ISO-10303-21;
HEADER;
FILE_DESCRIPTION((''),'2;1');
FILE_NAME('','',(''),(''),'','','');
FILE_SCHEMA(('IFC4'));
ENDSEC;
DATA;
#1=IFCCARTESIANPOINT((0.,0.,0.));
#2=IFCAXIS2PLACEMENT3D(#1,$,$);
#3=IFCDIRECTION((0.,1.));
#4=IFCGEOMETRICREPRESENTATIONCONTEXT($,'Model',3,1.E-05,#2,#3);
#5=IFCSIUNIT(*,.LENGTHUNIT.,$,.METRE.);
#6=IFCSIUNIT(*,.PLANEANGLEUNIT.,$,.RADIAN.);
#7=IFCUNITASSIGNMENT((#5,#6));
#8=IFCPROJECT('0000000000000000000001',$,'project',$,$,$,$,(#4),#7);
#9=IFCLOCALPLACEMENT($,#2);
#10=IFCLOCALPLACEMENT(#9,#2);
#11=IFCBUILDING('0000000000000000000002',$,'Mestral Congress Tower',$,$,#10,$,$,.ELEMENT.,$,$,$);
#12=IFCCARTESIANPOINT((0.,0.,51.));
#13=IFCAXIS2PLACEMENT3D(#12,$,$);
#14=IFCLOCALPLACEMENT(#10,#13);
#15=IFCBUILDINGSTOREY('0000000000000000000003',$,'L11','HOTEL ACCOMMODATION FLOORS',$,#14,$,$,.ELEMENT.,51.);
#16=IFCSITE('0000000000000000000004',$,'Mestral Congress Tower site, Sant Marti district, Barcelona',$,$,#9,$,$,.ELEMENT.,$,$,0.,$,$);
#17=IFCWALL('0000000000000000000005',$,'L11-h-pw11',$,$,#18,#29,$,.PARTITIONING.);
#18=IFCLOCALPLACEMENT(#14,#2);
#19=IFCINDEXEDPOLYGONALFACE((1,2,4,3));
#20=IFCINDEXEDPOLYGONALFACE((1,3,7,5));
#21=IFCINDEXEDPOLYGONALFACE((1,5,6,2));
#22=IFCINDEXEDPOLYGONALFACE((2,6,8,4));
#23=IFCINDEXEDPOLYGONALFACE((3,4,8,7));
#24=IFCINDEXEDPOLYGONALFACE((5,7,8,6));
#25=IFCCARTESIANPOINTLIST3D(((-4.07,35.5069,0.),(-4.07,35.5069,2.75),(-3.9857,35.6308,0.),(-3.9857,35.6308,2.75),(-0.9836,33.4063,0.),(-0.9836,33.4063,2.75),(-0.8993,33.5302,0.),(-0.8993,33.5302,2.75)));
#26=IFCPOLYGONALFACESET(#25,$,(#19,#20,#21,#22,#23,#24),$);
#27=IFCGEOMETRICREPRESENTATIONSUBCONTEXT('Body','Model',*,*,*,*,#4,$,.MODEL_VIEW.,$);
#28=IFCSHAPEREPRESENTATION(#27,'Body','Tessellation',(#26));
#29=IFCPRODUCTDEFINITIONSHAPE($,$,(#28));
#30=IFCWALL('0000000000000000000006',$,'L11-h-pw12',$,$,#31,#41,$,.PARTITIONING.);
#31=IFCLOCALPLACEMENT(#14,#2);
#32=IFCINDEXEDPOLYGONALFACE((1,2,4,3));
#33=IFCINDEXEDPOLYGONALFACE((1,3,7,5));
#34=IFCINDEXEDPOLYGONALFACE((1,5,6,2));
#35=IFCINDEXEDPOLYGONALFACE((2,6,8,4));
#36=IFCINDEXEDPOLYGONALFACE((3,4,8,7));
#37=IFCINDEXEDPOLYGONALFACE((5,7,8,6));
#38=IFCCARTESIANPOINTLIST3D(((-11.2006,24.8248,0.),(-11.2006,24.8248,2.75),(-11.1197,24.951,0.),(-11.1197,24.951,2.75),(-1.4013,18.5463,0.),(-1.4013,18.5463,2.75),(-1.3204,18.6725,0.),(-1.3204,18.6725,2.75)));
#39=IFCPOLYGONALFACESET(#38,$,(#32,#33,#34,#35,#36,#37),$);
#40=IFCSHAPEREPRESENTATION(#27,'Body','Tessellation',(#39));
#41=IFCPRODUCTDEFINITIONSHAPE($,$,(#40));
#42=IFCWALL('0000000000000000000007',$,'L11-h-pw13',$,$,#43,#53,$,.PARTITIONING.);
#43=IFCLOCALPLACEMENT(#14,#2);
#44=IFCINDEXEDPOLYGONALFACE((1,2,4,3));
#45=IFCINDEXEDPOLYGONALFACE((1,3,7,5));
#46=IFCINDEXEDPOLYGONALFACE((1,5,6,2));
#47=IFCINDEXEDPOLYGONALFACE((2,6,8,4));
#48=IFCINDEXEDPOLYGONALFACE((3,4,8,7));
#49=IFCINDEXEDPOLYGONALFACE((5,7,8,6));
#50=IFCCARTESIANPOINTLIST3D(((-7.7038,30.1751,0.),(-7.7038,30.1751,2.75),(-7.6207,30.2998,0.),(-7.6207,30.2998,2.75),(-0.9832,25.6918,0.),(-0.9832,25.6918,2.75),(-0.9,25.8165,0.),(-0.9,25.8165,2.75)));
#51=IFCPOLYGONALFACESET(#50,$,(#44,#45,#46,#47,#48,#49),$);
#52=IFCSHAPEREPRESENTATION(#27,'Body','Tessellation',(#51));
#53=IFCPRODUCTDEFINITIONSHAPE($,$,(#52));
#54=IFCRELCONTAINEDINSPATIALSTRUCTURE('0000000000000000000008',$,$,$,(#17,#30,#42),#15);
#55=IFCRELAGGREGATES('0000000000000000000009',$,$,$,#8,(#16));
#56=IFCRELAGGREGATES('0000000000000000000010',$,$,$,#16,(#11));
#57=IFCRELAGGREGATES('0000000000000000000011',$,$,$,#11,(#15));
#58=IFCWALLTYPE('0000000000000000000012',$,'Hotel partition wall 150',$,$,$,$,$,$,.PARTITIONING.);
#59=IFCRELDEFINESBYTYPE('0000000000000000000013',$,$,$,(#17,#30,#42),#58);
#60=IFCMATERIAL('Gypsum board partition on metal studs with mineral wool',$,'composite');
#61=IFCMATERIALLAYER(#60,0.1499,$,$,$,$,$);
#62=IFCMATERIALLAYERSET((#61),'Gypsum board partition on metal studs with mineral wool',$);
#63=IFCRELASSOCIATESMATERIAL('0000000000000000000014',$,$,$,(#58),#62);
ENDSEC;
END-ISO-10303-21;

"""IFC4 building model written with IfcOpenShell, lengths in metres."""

from ifc_helpers import new_model, si_unit, direction, frame, frame_2d, origin, place, context, subcontext, project, spatial, rectangle, extrude, material, layer, layer_set, type_object, element, save


model = new_model("IFC4")

# Units and contexts
model_context = context("Model", 3, precision=1e-05, world=origin(), true_north=direction((0.0, 1.0)))
body_context = subcontext(model_context, "Body", "Model", "MODEL_VIEW")
ifc_project = project(units=[si_unit("LENGTHUNIT", "METRE"), si_unit("PLANEANGLEUNIT", "RADIAN")], contexts=[model_context])

# Site, building, storey
site_placement = place(None, origin())
site = spatial("IfcSite", under=ifc_project, at=site_placement, Name="Mestral Congress Tower site, Sant Marti district, Barcelona", CompositionType="ELEMENT", RefElevation=0.0)
building_placement = place(site_placement, origin())
building = spatial("IfcBuilding", under=site, at=building_placement, Name="Mestral Congress Tower", CompositionType="ELEMENT")
storey_placement = place(building_placement, frame((0.0, 0.0, 51.0)))
storey = spatial("IfcBuildingStorey", under=building, at=storey_placement, Name="L11", Description="HOTEL ACCOMMODATION FLOORS", CompositionType="ELEMENT", Elevation=51.0)

# Shared definitions
ifc_material_1 = material(Name="Gypsum board partition on metal studs with mineral wool", Category="composite")

# Walls
ifc_layer_1 = layer(ifc_material_1, 0.1499)
ifc_layer_set_1 = layer_set([ifc_layer_1], Name="Gypsum board partition on metal studs with mineral wool")
wall_type_1 = type_object("IfcWallType", Name="Hotel partition wall 150", PredefinedType="PARTITIONING", material=ifc_layer_set_1)
wall_1_placement = place(storey_placement, frame((-4.0278, 35.5688, 0.0), z_axis=(0.0, 0.0, 1.0), x_axis=(0.8267, -0.562643, 0.0)))
element("IfcWall", 1, at=wall_1_placement, inside=storey, type_object=wall_type_1, Name="L11-h-pw11", PredefinedType="PARTITIONING", context=body_context, shape_type="SweptSolid", body=[
    extrude(rectangle(XDim=3.7334, YDim=0.1499, at=frame_2d((1.8667, 0.0))), origin(), (0.0, 0.0, 1.0), 2.75),
])
wall_2_placement = place(storey_placement, frame((-11.1602, 24.8879, 0.0), z_axis=(0.0, 0.0, 1.0), x_axis=(0.841998, -0.53948, 0.0)))
element("IfcWall", 2, at=wall_2_placement, inside=storey, type_object=wall_type_1, Name="L11-h-pw12", PredefinedType="PARTITIONING", context=body_context, shape_type="SweptSolid", body=[
    extrude(rectangle(XDim=11.6382, YDim=0.1499, at=frame_2d((5.8191, 0.0))), origin(), (0.0, 0.0, 1.0), 2.75),
])
wall_3_placement = place(storey_placement, frame((-7.6624, 30.2375, 0.0), z_axis=(0.0, 0.0, 1.0), x_axis=(0.831883, -0.554951, 0.0)))
element("IfcWall", 3, at=wall_3_placement, inside=storey, type_object=wall_type_1, Name="L11-h-pw13", PredefinedType="PARTITIONING", context=body_context, shape_type="SweptSolid", body=[
    extrude(rectangle(XDim=8.0789, YDim=0.1499, at=frame_2d((4.0396, 0.0))), origin(), (0.0, 0.0, 1.0), 2.75),
])

save(model, "model.ifc")
